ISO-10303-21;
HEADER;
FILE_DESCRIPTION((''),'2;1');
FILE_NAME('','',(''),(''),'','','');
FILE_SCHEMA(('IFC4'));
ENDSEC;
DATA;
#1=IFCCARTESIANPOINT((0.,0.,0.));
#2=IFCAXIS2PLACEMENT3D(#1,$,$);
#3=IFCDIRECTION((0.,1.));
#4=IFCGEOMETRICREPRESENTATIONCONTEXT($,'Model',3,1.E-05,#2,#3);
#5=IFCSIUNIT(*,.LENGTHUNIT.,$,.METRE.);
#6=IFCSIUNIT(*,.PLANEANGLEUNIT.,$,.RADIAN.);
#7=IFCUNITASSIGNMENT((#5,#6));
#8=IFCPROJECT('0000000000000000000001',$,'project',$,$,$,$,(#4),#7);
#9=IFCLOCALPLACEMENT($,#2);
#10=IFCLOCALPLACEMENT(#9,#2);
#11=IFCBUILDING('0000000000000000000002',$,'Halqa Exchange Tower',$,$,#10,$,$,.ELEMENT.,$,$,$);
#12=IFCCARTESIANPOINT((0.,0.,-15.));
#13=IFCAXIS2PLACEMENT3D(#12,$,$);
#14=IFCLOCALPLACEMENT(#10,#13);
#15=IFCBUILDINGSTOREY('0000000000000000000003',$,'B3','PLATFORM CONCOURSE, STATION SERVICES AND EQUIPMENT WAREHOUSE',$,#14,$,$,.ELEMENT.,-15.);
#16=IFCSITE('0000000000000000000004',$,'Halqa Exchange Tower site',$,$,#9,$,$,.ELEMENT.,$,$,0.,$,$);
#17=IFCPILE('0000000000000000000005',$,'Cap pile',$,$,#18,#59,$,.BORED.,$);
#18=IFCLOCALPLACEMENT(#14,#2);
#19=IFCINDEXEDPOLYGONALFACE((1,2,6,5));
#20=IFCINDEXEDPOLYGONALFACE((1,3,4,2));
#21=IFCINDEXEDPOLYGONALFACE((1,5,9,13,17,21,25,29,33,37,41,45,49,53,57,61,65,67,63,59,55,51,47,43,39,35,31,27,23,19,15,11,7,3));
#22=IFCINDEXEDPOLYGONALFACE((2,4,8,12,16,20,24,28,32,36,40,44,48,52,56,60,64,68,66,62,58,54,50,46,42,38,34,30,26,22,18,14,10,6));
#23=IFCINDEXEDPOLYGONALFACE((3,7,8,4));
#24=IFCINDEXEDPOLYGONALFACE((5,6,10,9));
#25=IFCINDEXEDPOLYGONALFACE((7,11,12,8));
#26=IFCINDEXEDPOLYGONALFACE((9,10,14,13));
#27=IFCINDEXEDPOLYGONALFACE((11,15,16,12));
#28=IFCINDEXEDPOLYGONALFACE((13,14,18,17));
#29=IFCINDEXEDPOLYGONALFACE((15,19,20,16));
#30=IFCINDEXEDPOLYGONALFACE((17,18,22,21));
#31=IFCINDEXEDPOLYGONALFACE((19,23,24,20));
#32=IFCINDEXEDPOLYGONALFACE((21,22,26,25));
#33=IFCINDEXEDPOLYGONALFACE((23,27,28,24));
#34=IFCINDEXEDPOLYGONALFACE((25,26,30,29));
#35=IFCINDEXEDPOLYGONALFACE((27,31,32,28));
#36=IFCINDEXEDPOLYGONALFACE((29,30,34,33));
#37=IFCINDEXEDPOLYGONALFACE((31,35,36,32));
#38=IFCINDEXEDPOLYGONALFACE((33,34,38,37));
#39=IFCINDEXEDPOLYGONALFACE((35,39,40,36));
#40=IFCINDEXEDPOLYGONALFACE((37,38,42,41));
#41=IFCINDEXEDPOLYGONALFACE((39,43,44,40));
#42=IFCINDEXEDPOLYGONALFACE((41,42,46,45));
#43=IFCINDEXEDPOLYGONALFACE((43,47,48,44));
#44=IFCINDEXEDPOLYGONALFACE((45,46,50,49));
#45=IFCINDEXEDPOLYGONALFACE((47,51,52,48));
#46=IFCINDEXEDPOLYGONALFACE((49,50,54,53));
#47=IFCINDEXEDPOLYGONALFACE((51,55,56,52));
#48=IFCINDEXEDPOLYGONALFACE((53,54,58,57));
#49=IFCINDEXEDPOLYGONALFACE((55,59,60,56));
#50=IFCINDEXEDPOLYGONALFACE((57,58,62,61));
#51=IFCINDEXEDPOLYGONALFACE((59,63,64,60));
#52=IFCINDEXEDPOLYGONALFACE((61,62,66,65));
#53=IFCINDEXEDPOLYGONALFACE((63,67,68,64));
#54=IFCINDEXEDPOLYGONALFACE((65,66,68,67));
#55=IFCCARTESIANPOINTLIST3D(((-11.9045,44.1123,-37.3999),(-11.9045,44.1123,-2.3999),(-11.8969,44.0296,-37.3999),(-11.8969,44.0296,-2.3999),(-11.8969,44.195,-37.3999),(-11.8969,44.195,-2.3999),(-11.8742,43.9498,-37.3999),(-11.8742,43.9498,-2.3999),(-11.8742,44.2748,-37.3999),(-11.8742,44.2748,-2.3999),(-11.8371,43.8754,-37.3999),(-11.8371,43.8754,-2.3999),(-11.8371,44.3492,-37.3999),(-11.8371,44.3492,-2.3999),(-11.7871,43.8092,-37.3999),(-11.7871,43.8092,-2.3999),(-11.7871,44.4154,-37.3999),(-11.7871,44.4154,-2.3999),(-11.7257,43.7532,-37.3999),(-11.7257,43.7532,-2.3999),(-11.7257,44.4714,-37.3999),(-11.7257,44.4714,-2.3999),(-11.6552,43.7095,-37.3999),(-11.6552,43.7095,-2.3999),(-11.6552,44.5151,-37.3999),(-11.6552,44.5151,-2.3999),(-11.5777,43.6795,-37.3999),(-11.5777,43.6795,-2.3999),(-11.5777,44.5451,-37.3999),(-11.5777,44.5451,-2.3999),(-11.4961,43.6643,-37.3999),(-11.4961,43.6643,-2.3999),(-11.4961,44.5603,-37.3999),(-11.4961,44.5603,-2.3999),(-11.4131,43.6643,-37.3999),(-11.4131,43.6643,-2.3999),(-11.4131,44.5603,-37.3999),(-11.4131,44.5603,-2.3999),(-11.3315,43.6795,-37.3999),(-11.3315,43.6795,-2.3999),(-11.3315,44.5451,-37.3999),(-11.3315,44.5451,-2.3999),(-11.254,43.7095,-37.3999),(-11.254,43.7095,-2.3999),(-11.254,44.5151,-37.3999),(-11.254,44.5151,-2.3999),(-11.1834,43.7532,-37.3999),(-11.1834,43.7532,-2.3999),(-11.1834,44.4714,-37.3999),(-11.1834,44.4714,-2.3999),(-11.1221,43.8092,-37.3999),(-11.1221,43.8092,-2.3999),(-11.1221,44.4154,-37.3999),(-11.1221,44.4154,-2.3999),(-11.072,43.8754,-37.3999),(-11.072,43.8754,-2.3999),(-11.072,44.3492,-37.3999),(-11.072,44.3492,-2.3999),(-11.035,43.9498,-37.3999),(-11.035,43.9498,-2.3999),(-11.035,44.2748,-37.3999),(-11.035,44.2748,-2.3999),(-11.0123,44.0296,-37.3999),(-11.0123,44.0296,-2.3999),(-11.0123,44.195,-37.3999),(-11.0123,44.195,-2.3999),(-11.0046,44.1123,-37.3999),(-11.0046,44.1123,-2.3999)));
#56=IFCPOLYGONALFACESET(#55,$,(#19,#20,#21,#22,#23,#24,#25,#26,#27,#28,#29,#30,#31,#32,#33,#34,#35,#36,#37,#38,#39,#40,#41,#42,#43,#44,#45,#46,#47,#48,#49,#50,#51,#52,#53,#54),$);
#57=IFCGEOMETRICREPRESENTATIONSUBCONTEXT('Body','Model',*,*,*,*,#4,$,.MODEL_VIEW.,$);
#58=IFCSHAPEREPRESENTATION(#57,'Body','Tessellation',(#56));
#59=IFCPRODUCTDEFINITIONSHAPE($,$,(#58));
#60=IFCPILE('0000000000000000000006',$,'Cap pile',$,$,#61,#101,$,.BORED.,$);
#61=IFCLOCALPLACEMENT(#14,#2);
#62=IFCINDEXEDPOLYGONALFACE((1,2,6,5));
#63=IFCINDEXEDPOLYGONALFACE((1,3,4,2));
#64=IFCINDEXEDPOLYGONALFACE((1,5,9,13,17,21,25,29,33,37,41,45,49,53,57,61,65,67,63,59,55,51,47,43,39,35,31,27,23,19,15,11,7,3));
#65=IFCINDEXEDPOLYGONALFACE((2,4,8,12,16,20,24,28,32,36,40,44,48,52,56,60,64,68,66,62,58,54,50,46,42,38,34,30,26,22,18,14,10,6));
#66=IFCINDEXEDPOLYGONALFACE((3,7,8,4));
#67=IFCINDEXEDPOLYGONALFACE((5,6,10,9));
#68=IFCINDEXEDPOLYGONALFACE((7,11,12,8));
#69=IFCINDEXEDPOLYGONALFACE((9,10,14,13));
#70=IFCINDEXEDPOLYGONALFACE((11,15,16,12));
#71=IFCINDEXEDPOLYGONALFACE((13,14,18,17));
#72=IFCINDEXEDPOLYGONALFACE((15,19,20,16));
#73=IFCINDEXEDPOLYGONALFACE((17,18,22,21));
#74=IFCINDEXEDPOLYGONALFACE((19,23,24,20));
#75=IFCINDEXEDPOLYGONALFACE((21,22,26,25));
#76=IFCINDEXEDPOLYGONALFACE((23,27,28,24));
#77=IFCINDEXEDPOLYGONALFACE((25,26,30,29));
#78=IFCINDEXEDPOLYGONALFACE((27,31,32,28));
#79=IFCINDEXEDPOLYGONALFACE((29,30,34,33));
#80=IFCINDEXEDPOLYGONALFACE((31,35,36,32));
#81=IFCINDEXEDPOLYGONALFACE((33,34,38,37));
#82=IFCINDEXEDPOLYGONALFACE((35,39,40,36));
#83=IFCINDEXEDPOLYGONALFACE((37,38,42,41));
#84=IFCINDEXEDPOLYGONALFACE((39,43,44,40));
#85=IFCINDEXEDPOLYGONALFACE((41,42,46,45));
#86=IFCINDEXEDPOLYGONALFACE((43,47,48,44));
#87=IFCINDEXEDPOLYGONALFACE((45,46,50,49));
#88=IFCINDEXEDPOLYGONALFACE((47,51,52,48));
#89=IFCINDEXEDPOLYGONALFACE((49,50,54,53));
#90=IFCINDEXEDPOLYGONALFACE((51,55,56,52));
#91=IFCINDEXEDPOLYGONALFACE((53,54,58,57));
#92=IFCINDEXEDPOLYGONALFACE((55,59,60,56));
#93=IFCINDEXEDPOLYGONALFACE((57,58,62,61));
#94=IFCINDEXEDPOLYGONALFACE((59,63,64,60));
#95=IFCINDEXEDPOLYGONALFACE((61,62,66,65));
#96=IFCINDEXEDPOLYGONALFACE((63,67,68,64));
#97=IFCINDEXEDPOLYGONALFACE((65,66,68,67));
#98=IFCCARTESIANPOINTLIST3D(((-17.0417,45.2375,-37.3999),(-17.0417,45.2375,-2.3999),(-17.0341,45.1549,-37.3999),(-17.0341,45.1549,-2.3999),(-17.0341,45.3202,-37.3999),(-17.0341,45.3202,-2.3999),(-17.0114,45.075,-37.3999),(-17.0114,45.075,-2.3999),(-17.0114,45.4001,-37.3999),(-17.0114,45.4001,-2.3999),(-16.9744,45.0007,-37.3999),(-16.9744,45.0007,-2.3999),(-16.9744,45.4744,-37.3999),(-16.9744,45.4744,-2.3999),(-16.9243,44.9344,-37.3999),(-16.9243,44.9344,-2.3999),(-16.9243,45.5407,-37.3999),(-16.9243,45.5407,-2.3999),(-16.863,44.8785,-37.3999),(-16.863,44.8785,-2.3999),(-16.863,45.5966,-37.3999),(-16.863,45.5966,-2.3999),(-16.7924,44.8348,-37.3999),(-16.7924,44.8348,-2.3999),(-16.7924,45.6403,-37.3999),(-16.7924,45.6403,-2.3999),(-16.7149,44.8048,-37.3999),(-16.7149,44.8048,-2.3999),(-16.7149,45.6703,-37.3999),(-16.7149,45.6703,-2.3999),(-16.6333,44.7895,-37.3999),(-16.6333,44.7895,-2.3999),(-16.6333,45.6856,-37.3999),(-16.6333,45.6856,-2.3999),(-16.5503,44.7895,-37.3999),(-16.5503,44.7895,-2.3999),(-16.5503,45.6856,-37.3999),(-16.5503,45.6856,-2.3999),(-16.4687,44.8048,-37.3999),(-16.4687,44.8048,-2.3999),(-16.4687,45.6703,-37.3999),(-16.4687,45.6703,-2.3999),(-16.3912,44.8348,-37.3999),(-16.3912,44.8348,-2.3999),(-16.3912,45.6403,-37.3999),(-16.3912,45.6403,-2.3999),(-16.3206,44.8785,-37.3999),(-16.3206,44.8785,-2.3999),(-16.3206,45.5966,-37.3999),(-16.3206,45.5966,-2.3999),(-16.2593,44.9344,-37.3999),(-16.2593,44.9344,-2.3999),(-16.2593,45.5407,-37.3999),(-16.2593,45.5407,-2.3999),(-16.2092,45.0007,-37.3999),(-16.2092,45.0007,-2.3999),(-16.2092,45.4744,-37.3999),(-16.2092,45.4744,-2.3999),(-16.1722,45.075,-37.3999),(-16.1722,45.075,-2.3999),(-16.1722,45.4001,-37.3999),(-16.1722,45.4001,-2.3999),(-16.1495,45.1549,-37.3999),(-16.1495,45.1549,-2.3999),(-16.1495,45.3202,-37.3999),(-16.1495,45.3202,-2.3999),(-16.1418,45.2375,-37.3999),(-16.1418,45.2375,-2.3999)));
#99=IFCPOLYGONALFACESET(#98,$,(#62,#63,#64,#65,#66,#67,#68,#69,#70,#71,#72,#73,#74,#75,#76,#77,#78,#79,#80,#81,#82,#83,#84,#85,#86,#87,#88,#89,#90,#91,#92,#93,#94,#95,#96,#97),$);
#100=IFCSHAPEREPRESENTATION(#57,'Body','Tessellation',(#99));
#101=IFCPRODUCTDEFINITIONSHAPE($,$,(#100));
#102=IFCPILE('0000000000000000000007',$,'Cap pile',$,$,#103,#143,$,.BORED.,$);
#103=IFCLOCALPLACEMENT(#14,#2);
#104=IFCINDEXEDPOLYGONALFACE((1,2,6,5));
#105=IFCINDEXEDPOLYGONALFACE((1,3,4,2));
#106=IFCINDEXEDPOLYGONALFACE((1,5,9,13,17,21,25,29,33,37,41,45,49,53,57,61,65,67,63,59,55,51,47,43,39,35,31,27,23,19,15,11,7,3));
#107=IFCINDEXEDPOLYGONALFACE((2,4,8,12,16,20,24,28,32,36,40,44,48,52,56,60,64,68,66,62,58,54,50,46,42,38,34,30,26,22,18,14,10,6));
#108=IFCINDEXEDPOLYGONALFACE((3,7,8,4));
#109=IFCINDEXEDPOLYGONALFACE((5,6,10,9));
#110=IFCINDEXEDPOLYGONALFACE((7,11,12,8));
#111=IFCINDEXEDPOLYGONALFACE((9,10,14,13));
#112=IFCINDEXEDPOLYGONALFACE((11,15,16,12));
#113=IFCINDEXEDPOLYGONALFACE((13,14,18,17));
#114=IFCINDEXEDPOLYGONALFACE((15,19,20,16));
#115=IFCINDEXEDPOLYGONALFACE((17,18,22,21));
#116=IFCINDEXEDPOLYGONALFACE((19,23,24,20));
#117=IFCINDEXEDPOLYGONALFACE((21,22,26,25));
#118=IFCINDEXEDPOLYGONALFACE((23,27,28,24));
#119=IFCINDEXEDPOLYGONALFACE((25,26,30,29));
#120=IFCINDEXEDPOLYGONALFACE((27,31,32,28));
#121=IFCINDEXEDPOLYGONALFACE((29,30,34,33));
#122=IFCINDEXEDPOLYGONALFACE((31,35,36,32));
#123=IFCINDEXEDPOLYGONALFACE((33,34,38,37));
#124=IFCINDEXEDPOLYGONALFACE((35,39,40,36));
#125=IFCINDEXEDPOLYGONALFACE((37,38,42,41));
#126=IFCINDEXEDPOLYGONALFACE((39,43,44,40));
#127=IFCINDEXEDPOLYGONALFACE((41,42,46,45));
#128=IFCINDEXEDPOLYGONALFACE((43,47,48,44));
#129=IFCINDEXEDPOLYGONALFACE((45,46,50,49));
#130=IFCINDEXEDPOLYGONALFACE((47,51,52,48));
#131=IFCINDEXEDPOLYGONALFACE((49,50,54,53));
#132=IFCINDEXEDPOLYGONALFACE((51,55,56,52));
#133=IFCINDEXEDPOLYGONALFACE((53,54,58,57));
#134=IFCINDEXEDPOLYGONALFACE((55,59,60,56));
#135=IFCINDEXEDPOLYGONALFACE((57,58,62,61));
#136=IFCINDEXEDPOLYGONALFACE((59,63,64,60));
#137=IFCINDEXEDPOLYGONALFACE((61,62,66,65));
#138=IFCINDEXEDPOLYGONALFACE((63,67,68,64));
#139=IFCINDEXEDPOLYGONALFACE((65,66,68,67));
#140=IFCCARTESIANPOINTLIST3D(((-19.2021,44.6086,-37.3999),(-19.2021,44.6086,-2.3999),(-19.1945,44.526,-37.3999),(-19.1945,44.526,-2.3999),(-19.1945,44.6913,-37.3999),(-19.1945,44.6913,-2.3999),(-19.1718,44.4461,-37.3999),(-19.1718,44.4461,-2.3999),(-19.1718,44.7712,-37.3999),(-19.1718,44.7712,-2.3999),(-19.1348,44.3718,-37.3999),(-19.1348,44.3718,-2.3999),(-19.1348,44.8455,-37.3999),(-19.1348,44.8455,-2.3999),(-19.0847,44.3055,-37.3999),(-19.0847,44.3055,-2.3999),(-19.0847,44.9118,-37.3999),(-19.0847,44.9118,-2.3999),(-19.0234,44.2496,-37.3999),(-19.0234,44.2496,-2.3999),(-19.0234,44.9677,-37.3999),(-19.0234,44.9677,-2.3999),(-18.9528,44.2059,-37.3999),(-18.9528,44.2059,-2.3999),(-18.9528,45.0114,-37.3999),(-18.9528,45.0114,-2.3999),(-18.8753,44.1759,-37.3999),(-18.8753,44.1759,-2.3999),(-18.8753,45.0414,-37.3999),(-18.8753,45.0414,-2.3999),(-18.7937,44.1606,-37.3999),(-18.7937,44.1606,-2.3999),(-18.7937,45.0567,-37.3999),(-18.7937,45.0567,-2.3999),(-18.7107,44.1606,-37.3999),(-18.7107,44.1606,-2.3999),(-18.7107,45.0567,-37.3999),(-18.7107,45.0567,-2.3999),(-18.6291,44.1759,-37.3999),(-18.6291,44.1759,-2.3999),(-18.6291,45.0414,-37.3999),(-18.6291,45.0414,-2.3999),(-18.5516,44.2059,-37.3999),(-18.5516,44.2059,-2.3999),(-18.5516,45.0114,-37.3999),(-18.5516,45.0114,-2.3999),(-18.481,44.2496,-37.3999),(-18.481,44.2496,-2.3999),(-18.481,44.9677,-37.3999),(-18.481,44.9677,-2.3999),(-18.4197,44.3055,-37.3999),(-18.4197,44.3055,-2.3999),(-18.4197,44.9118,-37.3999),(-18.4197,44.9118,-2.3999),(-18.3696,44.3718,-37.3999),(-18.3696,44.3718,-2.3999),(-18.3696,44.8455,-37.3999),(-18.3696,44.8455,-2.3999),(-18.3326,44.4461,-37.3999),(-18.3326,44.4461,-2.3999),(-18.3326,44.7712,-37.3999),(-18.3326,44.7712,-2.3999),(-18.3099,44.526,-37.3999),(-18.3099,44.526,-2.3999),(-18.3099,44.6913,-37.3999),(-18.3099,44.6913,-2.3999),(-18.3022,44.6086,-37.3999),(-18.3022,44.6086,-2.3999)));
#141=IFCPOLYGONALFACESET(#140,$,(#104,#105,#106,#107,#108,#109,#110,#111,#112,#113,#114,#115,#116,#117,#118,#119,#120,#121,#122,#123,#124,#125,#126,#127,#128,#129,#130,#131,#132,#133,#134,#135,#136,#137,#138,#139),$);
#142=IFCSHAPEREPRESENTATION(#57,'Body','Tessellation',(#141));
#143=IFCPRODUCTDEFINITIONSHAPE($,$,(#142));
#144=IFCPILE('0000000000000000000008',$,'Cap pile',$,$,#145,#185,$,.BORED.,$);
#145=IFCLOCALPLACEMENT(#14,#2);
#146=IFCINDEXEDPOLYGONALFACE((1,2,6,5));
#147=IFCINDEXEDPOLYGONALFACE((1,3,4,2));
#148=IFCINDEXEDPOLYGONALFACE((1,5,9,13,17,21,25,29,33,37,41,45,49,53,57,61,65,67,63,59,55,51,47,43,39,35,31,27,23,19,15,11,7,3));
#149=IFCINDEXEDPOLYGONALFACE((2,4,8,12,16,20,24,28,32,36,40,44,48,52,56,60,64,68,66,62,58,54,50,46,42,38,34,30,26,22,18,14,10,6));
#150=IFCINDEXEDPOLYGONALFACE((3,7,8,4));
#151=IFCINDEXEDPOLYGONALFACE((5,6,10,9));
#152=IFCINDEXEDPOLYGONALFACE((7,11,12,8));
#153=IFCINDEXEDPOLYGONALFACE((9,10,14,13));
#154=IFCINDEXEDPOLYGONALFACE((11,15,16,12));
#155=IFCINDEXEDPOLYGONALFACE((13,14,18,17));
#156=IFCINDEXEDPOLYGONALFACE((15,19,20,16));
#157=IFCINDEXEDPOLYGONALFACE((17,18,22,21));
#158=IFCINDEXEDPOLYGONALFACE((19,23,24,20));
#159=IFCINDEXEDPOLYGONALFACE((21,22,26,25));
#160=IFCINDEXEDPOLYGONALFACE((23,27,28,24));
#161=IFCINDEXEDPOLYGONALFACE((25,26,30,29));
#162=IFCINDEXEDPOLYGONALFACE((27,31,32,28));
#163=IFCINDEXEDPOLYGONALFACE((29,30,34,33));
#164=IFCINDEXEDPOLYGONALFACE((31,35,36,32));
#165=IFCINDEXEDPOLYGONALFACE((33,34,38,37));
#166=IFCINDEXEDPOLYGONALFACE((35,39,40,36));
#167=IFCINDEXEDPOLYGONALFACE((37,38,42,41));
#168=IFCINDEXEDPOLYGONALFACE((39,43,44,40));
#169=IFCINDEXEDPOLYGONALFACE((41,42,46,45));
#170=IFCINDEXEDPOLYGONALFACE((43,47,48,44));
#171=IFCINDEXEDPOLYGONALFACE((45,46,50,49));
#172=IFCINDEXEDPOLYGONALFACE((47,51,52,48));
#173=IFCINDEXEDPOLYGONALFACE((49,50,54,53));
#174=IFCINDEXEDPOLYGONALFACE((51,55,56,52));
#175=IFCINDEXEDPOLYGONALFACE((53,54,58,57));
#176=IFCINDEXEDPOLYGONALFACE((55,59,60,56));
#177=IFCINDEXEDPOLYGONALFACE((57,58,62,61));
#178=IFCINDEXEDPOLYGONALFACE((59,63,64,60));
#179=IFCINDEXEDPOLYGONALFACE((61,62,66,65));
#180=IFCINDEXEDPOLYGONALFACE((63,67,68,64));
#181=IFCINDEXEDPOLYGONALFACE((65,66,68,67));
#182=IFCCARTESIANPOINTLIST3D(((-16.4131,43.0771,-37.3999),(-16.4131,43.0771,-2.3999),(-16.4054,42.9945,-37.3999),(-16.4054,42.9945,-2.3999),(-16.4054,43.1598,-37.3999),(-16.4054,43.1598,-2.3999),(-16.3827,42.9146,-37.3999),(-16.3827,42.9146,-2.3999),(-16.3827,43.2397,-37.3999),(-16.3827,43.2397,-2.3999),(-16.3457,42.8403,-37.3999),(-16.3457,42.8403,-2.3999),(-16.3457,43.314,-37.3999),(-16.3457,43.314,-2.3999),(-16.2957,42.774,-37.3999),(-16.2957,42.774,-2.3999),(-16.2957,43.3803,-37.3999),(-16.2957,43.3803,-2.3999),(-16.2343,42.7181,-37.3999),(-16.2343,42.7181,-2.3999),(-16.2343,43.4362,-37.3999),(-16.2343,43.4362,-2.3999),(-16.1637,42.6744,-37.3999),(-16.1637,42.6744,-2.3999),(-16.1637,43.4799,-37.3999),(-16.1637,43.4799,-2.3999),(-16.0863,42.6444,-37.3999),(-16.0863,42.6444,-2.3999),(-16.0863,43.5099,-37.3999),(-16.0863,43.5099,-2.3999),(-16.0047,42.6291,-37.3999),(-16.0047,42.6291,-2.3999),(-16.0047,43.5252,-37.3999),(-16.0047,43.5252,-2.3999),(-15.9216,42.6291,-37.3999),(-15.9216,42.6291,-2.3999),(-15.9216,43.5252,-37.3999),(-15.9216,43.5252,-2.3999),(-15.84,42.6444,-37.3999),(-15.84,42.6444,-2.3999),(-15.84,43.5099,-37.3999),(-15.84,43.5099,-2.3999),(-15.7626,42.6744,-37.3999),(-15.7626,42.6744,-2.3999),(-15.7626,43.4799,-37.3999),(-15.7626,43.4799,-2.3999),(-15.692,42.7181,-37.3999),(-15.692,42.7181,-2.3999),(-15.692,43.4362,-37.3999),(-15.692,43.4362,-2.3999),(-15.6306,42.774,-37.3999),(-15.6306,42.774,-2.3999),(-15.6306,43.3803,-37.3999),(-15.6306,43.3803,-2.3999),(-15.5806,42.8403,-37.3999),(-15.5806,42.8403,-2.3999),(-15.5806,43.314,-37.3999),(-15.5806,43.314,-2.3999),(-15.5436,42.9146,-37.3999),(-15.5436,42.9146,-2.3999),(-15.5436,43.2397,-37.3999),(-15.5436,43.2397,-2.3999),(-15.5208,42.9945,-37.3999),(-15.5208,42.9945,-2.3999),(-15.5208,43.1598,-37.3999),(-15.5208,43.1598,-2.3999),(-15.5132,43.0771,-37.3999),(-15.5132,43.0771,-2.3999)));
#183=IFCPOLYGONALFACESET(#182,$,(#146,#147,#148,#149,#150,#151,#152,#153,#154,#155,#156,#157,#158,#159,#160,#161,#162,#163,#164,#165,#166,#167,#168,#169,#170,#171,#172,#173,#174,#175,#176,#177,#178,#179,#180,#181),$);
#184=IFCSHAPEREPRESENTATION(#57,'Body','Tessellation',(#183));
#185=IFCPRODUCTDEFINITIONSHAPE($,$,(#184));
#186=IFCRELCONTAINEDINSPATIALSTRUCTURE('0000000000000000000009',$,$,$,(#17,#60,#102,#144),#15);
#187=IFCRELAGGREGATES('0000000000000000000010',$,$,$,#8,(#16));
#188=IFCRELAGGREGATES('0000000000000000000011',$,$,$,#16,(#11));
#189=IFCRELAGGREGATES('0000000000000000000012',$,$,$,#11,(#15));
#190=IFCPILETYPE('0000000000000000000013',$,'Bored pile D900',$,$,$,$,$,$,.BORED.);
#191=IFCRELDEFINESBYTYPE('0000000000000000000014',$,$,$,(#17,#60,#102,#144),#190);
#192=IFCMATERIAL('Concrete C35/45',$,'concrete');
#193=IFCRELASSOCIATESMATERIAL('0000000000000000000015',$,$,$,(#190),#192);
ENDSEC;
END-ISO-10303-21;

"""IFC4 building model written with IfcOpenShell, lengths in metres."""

from ifc_helpers import new_model, si_unit, direction, frame, origin, origin_2d, place, context, subcontext, project, spatial, circle, extrude, material, material_profile, profile_set, type_object, element, save


model = new_model("IFC4")

# Units and contexts
model_context = context("Model", 3, precision=1e-05, world=origin(), true_north=direction((0.0, 1.0)))
body_context = subcontext(model_context, "Body", "Model", "MODEL_VIEW")
ifc_project = project(units=[si_unit("LENGTHUNIT", "METRE"), si_unit("PLANEANGLEUNIT", "RADIAN")], contexts=[model_context])

# Site, building, storey
site_placement = place(None, origin())
site = spatial("IfcSite", under=ifc_project, at=site_placement, Name="Halqa Exchange Tower site", CompositionType="ELEMENT", RefElevation=0.0)
building_placement = place(site_placement, origin())
building = spatial("IfcBuilding", under=site, at=building_placement, Name="Halqa Exchange Tower", CompositionType="ELEMENT")
storey_placement = place(building_placement, frame((0.0, 0.0, -15.0)))
storey = spatial("IfcBuildingStorey", under=building, at=storey_placement, Name="B3", Description="PLATFORM CONCOURSE, STATION SERVICES AND EQUIPMENT WAREHOUSE", CompositionType="ELEMENT", Elevation=-15.0)

# Piles
ifc_material_1 = material(Name="Concrete C35/45", Category="concrete")
ifc_material_profile_1 = material_profile(ifc_material_1, circle(Radius=0.45, at=origin_2d()), Name="D900")
ifc_profile_set_1 = profile_set([ifc_material_profile_1], Name="Concrete C35/45")
pile_type_1 = type_object("IfcPileType", Name="Bored pile D900", PredefinedType="BORED", material=ifc_profile_set_1)
for number, where, z_axis, x_axis, name in (
    (1, (-11.4546, 44.1123, -2.3999), (0.0, 0.0, -1.0), (1.0, 0.0, 0.0), "Cap pile"),
    (2, (-16.5918, 45.2375, -2.3999), (0.0, 0.0, -1.0), (1.0, 0.0, 0.0), "Cap pile"),
    (3, (-18.7522, 44.6086, -2.3999), (0.0, 0.0, -1.0), (1.0, 0.0, 0.0), "Cap pile"),
    (4, (-15.9631, 43.0771, -2.3999), (0.0, 0.0, -1.0), (1.0, 0.0, 0.0), "Cap pile"),
):
    element("IfcPile", number, at=place(storey_placement, frame(where, z_axis=z_axis, x_axis=x_axis)), inside=storey, type_object=pile_type_1, Name=name, PredefinedType="BORED", context=body_context, shape_type="SweptSolid", body=[
        extrude(circle(Radius=0.45, at=origin_2d()), origin(), (0.0, 0.0, 1.0), 35.0),
    ])

save(model, "model.ifc")
